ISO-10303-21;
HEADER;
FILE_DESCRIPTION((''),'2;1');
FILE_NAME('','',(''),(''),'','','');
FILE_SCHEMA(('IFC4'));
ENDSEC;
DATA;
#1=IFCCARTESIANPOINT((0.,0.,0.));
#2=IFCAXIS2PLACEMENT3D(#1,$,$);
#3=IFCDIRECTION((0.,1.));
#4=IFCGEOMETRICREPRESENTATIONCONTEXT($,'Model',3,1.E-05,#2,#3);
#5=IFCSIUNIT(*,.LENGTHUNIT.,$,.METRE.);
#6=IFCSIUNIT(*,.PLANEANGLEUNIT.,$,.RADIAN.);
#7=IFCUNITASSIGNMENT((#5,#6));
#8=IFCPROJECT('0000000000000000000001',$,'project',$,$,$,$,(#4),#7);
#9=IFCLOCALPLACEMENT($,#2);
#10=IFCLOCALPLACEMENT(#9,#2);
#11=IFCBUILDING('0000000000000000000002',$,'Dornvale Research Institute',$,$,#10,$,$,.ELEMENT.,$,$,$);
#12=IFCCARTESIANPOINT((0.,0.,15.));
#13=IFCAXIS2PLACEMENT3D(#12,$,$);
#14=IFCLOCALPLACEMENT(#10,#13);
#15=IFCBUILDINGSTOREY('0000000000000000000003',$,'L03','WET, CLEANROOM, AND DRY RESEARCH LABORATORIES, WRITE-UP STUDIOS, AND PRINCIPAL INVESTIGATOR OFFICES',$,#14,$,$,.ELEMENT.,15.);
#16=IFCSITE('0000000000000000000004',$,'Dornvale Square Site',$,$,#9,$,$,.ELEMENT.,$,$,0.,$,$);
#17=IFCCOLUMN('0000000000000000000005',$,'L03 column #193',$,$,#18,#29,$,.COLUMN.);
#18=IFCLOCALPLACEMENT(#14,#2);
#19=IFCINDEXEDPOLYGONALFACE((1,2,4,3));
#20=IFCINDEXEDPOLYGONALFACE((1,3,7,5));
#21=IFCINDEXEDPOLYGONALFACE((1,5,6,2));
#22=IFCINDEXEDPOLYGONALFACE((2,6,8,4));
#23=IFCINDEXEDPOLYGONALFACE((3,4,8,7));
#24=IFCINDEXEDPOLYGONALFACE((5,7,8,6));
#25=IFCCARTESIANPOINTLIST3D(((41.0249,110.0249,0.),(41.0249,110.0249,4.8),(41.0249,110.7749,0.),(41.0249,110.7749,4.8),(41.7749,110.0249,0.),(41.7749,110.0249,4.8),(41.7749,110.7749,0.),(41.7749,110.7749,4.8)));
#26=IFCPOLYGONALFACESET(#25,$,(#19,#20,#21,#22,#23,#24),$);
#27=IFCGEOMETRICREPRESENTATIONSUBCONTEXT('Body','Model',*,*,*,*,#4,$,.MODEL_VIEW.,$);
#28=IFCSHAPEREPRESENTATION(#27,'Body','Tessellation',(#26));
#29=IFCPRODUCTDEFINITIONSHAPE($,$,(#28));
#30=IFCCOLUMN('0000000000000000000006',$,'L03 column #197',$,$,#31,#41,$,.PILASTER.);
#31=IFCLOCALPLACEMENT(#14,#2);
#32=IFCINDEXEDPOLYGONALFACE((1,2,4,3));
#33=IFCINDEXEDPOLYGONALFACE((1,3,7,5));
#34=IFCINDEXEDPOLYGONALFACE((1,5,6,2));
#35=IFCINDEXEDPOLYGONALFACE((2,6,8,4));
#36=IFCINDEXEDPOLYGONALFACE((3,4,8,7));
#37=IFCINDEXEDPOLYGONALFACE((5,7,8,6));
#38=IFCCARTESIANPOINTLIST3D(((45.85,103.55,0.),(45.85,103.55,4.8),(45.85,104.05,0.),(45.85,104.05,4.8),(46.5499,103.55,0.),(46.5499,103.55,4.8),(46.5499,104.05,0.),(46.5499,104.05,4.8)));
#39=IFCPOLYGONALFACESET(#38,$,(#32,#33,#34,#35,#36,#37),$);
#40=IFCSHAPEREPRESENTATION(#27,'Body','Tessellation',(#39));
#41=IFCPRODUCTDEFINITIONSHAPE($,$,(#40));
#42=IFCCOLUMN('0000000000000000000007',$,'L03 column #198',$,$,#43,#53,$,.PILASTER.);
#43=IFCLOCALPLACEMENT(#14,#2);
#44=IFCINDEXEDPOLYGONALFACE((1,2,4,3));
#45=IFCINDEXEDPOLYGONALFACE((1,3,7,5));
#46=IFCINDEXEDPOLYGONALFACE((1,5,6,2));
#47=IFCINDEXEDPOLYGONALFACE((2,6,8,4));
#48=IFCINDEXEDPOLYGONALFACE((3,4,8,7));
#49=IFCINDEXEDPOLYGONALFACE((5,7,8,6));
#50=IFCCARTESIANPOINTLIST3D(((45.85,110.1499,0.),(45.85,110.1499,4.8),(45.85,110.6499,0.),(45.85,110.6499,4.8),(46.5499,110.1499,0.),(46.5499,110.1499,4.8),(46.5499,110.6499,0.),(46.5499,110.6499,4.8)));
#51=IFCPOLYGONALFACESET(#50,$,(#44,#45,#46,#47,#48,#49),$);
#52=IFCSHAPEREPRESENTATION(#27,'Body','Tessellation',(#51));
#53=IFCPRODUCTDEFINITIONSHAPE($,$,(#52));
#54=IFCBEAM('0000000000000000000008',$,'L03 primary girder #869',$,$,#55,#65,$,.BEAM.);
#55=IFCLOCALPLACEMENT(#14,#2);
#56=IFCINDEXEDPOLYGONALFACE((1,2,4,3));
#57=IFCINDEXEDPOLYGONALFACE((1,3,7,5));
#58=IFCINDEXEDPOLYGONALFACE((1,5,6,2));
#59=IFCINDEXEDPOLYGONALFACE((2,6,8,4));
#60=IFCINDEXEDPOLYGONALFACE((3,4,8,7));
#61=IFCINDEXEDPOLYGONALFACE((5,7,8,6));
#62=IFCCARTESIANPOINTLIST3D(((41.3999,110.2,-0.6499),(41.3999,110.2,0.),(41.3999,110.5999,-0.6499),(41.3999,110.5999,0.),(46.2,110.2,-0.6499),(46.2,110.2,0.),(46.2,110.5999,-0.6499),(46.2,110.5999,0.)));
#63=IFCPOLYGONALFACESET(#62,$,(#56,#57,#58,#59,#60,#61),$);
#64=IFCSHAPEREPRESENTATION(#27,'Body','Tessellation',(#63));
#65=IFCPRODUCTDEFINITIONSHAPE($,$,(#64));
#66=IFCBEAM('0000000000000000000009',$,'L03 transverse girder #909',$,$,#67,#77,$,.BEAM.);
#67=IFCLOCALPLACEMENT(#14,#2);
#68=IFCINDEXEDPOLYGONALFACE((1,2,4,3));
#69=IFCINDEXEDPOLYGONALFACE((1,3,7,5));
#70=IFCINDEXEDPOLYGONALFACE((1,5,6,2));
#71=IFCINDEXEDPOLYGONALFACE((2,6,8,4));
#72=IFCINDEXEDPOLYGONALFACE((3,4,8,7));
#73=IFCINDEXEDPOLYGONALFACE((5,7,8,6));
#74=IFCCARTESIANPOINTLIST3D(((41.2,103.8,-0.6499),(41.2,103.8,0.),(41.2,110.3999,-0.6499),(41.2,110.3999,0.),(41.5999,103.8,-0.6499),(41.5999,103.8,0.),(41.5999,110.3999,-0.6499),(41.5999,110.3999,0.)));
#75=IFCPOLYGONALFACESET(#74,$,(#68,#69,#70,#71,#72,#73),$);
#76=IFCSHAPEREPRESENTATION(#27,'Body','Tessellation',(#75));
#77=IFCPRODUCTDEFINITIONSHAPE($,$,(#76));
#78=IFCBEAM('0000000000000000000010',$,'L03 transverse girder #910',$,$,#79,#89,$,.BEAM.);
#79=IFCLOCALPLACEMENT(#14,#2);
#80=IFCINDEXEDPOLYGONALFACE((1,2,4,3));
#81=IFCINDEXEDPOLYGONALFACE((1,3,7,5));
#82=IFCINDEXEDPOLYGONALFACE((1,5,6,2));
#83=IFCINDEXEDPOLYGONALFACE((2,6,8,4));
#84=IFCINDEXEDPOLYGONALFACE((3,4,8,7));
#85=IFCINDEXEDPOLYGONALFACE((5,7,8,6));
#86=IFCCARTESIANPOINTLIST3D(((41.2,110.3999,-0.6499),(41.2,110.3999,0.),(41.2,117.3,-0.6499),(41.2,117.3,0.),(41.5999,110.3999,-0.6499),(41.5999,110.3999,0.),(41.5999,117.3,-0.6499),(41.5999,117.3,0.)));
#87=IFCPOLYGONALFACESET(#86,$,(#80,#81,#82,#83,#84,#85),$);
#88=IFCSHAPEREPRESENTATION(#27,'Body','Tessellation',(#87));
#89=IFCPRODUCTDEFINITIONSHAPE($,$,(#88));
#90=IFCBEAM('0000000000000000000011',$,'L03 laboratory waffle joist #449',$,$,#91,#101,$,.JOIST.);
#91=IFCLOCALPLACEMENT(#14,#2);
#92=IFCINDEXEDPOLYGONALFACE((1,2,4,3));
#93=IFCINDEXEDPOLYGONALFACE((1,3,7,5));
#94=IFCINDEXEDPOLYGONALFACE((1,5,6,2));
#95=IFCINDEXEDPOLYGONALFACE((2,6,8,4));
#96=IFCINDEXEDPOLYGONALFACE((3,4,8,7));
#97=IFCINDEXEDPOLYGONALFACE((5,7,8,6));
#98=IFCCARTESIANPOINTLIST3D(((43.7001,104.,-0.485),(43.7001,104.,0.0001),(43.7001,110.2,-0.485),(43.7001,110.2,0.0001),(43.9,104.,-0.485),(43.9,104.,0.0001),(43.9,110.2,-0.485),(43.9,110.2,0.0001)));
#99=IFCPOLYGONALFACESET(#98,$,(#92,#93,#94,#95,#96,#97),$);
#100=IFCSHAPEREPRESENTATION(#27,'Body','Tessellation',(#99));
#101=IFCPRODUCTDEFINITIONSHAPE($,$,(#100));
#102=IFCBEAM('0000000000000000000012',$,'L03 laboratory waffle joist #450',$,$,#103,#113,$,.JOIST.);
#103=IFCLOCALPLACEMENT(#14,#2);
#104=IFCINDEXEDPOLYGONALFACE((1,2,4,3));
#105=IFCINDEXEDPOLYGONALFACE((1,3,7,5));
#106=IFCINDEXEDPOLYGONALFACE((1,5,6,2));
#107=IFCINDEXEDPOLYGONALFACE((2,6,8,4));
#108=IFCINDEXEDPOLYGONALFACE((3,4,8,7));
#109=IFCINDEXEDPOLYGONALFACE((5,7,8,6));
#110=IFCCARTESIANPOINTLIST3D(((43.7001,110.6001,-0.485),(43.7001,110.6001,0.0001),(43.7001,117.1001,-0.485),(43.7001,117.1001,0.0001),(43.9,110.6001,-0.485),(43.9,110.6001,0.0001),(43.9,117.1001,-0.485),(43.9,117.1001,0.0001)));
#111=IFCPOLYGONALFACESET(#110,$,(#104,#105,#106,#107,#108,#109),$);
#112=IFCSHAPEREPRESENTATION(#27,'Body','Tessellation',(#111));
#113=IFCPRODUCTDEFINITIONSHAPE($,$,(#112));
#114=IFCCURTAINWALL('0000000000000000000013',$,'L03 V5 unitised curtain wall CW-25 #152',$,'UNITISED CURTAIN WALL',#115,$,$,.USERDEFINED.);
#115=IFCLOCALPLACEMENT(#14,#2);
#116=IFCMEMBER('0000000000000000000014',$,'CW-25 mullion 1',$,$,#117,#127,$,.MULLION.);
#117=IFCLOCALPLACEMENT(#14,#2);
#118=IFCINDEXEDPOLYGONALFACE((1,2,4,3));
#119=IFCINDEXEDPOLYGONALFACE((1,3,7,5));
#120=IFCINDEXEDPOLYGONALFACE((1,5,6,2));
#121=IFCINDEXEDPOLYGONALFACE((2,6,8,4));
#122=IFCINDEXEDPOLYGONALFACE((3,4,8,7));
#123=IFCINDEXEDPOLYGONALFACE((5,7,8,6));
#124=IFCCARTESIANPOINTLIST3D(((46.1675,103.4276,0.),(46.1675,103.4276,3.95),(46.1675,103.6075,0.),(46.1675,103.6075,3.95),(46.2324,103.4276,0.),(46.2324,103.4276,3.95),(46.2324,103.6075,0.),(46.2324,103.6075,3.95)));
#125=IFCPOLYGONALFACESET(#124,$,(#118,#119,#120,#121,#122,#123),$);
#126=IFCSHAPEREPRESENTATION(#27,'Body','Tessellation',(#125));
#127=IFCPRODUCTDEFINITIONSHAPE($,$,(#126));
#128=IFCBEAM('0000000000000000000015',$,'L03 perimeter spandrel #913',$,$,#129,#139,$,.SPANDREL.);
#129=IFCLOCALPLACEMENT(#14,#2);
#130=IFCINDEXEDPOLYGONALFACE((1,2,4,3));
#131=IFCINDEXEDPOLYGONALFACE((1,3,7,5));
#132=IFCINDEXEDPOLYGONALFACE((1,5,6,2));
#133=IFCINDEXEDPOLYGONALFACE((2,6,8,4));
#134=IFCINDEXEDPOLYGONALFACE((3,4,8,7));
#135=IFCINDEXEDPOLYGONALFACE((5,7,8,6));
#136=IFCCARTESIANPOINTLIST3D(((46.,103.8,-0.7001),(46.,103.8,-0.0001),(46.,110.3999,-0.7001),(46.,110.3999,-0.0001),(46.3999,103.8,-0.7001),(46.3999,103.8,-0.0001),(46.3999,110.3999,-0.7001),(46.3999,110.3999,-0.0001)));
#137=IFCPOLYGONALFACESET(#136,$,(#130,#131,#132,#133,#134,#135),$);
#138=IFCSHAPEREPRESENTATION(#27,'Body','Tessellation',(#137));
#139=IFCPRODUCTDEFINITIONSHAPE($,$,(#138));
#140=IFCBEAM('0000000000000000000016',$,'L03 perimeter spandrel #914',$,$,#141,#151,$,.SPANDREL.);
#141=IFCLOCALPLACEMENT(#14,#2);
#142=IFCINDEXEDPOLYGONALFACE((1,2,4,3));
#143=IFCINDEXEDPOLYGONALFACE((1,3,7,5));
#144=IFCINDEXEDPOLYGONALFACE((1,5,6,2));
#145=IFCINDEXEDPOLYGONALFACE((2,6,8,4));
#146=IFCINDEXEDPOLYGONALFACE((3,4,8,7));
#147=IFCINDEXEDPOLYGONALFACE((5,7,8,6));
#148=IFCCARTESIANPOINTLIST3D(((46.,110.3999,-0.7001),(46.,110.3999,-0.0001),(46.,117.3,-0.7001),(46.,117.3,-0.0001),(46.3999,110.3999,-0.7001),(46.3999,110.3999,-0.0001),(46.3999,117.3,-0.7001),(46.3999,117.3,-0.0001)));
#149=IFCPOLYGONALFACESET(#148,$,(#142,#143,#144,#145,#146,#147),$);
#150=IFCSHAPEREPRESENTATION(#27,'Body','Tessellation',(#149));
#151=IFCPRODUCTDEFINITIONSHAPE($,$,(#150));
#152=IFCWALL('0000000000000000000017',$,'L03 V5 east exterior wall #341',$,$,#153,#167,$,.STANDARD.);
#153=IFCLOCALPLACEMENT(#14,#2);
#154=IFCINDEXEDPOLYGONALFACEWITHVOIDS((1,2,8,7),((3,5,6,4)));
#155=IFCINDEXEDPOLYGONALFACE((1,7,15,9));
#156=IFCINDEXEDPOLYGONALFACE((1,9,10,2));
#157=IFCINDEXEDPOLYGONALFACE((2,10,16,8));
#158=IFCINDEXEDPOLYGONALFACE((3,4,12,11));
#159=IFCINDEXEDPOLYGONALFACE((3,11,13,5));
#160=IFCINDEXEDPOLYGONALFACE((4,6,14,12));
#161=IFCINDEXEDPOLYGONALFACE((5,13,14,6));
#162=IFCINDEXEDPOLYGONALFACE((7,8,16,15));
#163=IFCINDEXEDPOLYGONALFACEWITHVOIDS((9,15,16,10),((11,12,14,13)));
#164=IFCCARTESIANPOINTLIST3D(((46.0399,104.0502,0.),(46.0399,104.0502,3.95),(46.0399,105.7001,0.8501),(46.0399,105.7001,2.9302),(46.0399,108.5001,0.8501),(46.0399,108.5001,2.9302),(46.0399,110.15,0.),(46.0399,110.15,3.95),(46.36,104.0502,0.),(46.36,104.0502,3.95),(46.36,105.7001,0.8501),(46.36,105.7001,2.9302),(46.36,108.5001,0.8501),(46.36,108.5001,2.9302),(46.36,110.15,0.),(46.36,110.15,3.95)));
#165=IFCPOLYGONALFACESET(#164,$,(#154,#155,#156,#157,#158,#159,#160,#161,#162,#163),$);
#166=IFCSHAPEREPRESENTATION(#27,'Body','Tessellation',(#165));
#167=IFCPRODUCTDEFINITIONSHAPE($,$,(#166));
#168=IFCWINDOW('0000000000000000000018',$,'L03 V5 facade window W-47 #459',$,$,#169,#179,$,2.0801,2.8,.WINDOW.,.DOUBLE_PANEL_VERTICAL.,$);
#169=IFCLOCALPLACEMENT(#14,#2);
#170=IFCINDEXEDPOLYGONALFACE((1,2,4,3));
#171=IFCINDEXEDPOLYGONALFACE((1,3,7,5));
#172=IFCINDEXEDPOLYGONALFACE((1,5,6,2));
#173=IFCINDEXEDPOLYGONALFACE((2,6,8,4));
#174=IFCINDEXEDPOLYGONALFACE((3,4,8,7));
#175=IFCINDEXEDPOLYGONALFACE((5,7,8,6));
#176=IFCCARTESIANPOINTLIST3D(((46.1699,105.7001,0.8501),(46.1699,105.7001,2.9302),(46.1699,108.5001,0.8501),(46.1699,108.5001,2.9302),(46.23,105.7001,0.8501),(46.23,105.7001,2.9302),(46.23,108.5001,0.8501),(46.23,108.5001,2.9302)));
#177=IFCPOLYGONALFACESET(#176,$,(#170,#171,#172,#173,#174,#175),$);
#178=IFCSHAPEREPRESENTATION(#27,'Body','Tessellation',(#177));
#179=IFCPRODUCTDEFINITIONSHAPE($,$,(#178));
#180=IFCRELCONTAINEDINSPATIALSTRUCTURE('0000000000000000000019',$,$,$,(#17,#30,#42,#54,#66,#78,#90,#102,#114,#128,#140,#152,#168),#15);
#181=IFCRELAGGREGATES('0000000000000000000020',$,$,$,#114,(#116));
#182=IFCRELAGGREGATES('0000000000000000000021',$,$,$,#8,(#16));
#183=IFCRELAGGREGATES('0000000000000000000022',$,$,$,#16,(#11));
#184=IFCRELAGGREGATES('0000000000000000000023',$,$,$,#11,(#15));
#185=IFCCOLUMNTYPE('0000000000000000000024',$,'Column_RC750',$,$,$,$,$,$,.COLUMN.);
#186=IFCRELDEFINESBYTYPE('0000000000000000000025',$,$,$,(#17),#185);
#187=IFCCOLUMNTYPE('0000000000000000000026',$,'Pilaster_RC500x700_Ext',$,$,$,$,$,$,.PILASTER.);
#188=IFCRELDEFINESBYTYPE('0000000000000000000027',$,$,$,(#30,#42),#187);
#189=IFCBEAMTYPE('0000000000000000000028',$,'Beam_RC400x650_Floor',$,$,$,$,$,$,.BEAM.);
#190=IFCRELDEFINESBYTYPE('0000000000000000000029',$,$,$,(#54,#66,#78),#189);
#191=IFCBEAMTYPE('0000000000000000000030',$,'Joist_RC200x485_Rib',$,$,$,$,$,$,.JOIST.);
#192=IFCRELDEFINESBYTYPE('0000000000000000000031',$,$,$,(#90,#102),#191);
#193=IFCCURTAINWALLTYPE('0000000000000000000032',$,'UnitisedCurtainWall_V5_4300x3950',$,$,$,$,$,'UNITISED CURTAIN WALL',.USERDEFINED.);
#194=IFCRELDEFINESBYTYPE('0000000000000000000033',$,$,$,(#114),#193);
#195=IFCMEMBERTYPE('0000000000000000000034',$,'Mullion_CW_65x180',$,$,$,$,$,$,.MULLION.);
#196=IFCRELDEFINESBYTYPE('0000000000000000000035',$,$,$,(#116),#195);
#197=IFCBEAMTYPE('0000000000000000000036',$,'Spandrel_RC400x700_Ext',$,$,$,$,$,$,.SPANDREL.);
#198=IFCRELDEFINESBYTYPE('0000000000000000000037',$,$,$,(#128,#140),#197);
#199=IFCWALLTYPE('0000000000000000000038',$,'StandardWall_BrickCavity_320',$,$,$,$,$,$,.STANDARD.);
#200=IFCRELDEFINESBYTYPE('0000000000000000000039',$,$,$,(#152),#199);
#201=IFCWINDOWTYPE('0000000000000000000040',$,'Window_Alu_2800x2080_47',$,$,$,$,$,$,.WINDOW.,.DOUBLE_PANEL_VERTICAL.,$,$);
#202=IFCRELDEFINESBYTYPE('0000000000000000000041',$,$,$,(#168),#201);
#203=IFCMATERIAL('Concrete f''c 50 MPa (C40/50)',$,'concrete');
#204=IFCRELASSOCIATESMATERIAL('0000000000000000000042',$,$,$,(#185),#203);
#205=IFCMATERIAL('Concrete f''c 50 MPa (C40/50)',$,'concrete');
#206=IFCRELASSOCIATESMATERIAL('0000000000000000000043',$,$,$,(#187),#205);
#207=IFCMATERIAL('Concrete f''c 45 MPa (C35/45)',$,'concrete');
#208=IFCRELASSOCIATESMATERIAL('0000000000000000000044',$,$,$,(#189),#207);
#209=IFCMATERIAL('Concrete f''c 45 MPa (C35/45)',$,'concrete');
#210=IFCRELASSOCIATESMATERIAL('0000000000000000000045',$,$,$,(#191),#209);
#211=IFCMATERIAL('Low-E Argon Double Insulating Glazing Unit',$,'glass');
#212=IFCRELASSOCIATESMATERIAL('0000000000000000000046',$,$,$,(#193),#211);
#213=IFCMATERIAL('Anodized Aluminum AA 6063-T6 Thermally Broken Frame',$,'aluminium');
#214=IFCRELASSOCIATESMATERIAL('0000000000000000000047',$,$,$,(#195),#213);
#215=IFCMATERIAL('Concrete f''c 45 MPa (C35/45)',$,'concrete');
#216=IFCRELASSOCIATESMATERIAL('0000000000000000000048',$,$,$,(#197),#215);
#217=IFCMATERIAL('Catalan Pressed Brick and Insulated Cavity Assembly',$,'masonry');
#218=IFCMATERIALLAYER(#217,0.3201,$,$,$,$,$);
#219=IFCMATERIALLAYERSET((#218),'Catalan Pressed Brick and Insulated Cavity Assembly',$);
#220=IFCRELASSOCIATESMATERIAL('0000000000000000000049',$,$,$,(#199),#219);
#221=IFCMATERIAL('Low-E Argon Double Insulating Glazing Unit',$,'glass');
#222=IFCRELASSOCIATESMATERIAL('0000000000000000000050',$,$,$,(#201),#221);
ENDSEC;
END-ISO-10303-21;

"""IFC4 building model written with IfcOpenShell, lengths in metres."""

from ifc_helpers import new_model, si_unit, direction, frame, frame_2d, origin, origin_2d, place, context, subcontext, project, spatial, rectangle, extrude, material, layer, layer_set, material_profile, profile_set, type_object, element, fill, aggregate, save


model = new_model("IFC4")

# Units and contexts
model_context = context("Model", 3, precision=1e-05, world=origin(), true_north=direction((0.0, 1.0)))
body_context = subcontext(model_context, "Body", "Model", "MODEL_VIEW")
ifc_project = project(units=[si_unit("LENGTHUNIT", "METRE"), si_unit("PLANEANGLEUNIT", "RADIAN")], contexts=[model_context])

# Site, building, storey
site_placement = place(None, origin())
site = spatial("IfcSite", under=ifc_project, at=site_placement, Name="Dornvale Square Site", CompositionType="ELEMENT", RefElevation=0.0)
building_placement = place(site_placement, origin())
building = spatial("IfcBuilding", under=site, at=building_placement, Name="Dornvale Research Institute", CompositionType="ELEMENT")
storey_placement = place(building_placement, frame((0.0, 0.0, 15.0)))
storey = spatial("IfcBuildingStorey", under=building, at=storey_placement, Name="L03", Description="WET, CLEANROOM, AND DRY RESEARCH LABORATORIES, WRITE-UP STUDIOS, AND PRINCIPAL INVESTIGATOR OFFICES", CompositionType="ELEMENT", Elevation=15.0)

# Columns
ifc_material_1 = material(Name="Concrete f'c 50 MPa (C40/50)", Category="concrete")
ifc_material_profile_1 = material_profile(ifc_material_1, rectangle(XDim=0.75, YDim=0.75, at=origin_2d()), Name="RC 750x750")
ifc_profile_set_1 = profile_set([ifc_material_profile_1], Name="Concrete f'c 50 MPa (C40/50)")
column_type_1 = type_object("IfcColumnType", Name="Column_RC750", PredefinedType="COLUMN", material=ifc_profile_set_1)
column_placement = place(storey_placement, frame((41.3999, 110.3999, 0.0), z_axis=(0.0, 0.0, 1.0), x_axis=(1.0, 0.0, 0.0)))
element("IfcColumn", 1, at=column_placement, inside=storey, type_object=column_type_1, Name="L03 column #193", PredefinedType="COLUMN", context=body_context, shape_type="SweptSolid", body=[
    extrude(rectangle(XDim=0.75, YDim=0.75, at=origin_2d()), origin(), (0.0, 0.0, 1.0), 4.8),
])
ifc_material_2 = material(Name="Concrete f'c 50 MPa (C40/50)", Category="concrete")
ifc_material_profile_2 = material_profile(ifc_material_2, rectangle(XDim=0.5, YDim=0.7, at=origin_2d()), Name="RC 500x700")
ifc_profile_set_2 = profile_set([ifc_material_profile_2], Name="Concrete f'c 50 MPa (C40/50)")
column_type_2 = type_object("IfcColumnType", Name="Pilaster_RC500x700_Ext", PredefinedType="PILASTER", material=ifc_profile_set_2)
for number, where, z_axis, x_axis, name in (
    (2, (46.2, 103.8, 0.0), (0.0, 0.0, 1.0), (0.0, 1.0, 0.0), "L03 column #197"),
    (3, (46.2, 110.3999, 0.0), (0.0, 0.0, 1.0), (0.0, 1.0, 0.0), "L03 column #198"),
):
    element("IfcColumn", number, at=place(storey_placement, frame(where, z_axis=z_axis, x_axis=x_axis)), inside=storey, type_object=column_type_2, Name=name, PredefinedType="PILASTER", context=body_context, shape_type="SweptSolid", body=[
        extrude(rectangle(XDim=0.5, YDim=0.7, at=origin_2d()), origin(), (0.0, 0.0, 1.0), 4.8),
    ])

# Beams
ifc_material_3 = material(Name="Concrete f'c 45 MPa (C35/45)", Category="concrete")
ifc_material_profile_3 = material_profile(ifc_material_3, rectangle(XDim=0.3999, YDim=0.6499, at=origin_2d()), Name="RC 400x650")
ifc_profile_set_3 = profile_set([ifc_material_profile_3], Name="Concrete f'c 45 MPa (C35/45)")
beam_type_1 = type_object("IfcBeamType", Name="Beam_RC400x650_Floor", PredefinedType="BEAM", material=ifc_profile_set_3)
beam_1_placement = place(storey_placement, frame((41.3999, 110.3999, -0.325), z_axis=(1.0, 0.0, 0.0), x_axis=(0.0, 1.0, 0.0)))
element("IfcBeam", 4, at=beam_1_placement, inside=storey, type_object=beam_type_1, Name="L03 primary girder #869", PredefinedType="BEAM", context=body_context, shape_type="SweptSolid", body=[
    extrude(rectangle(XDim=0.3999, YDim=0.6499, at=origin_2d()), origin(), (0.0, 0.0, 1.0), 4.8),
])
beam_2_placement = place(storey_placement, frame((41.3999, 103.8, -0.325), z_axis=(0.0, 1.0, 0.0), x_axis=(-1.0, 0.0, 0.0)))
element("IfcBeam", 5, at=beam_2_placement, inside=storey, type_object=beam_type_1, Name="L03 transverse girder #909", PredefinedType="BEAM", context=body_context, shape_type="SweptSolid", body=[
    extrude(rectangle(XDim=0.3999, YDim=0.6499, at=origin_2d()), origin(), (0.0, 0.0, 1.0), 6.5999),
])
beam_3_placement = place(storey_placement, frame((41.3999, 110.3999, -0.325), z_axis=(0.0, 1.0, 0.0), x_axis=(-1.0, 0.0, 0.0)))
element("IfcBeam", 6, at=beam_3_placement, inside=storey, type_object=beam_type_1, Name="L03 transverse girder #910", PredefinedType="BEAM", context=body_context, shape_type="SweptSolid", body=[
    extrude(rectangle(XDim=0.3999, YDim=0.6499, at=origin_2d()), origin(), (0.0, 0.0, 1.0), 6.9001),
])
ifc_material_4 = material(Name="Concrete f'c 45 MPa (C35/45)", Category="concrete")
ifc_material_profile_4 = material_profile(ifc_material_4, rectangle(XDim=0.2, YDim=0.4851, at=origin_2d()), Name="RC 200x485")
ifc_profile_set_4 = profile_set([ifc_material_profile_4], Name="Concrete f'c 45 MPa (C35/45)")
beam_type_2 = type_object("IfcBeamType", Name="Joist_RC200x485_Rib", PredefinedType="JOIST", material=ifc_profile_set_4)
beam_4_placement = place(storey_placement, frame((43.8, 104.0, -0.2424), z_axis=(0.0, 1.0, 0.0), x_axis=(-1.0, 0.0, 0.0)))
element("IfcBeam", 7, at=beam_4_placement, inside=storey, type_object=beam_type_2, Name="L03 laboratory waffle joist #449", PredefinedType="JOIST", context=body_context, shape_type="SweptSolid", body=[
    extrude(rectangle(XDim=0.2, YDim=0.4851, at=origin_2d()), origin(), (0.0, 0.0, 1.0), 6.2),
])
beam_5_placement = place(storey_placement, frame((43.8, 110.6001, -0.2424), z_axis=(0.0, 1.0, 0.0), x_axis=(-1.0, 0.0, 0.0)))
element("IfcBeam", 8, at=beam_5_placement, inside=storey, type_object=beam_type_2, Name="L03 laboratory waffle joist #450", PredefinedType="JOIST", context=body_context, shape_type="SweptSolid", body=[
    extrude(rectangle(XDim=0.2, YDim=0.4851, at=origin_2d()), origin(), (0.0, 0.0, 1.0), 6.5),
])

# Curtain wall, member
ifc_material_5 = material(Name="Low-E Argon Double Insulating Glazing Unit", Category="glass")
curtain_wall_type = type_object("IfcCurtainWallType", Name="UnitisedCurtainWall_V5_4300x3950", ElementType="UNITISED CURTAIN WALL", PredefinedType="USERDEFINED", material=ifc_material_5)
curtain_wall_placement = place(storey_placement, origin())
curtain_wall = element("IfcCurtainWall", 9, at=curtain_wall_placement, inside=storey, type_object=curtain_wall_type, Name="L03 V5 unitised curtain wall CW-25 #152", ObjectType="UNITISED CURTAIN WALL", PredefinedType="USERDEFINED")
ifc_material_6 = material(Name="Anodized Aluminum AA 6063-T6 Thermally Broken Frame", Category="aluminium")
ifc_material_profile_5 = material_profile(ifc_material_6, rectangle(XDim=0.0649, YDim=0.1799, at=origin_2d()), Name="ALU MULLION 65x180")
ifc_profile_set_5 = profile_set([ifc_material_profile_5], Name="Anodized Aluminum AA 6063-T6 Thermally Broken Frame")
member_type = type_object("IfcMemberType", Name="Mullion_CW_65x180", PredefinedType="MULLION", material=ifc_profile_set_5)
member_placement = place(storey_placement, frame((46.2, 103.5176, 0.0), z_axis=(0.0, 0.0, 1.0), x_axis=(1.0, 0.0, 0.0)))
member = element("IfcMember", 10, at=member_placement, type_object=member_type, Name="CW-25 mullion 1", PredefinedType="MULLION", context=body_context, shape_type="SweptSolid", body=[
    extrude(rectangle(XDim=0.0649, YDim=0.1799, at=origin_2d()), origin(), (0.0, 0.0, 1.0), 3.95),
])
aggregate(curtain_wall, [member])

# Beams
ifc_material_7 = material(Name="Concrete f'c 45 MPa (C35/45)", Category="concrete")
ifc_material_profile_6 = material_profile(ifc_material_7, rectangle(XDim=0.3999, YDim=0.7, at=origin_2d()), Name="RC 400x700")
ifc_profile_set_6 = profile_set([ifc_material_profile_6], Name="Concrete f'c 45 MPa (C35/45)")
beam_type_3 = type_object("IfcBeamType", Name="Spandrel_RC400x700_Ext", PredefinedType="SPANDREL", material=ifc_profile_set_6)
beam_6_placement = place(storey_placement, frame((46.2, 103.8, -0.3501), z_axis=(0.0, 1.0, 0.0), x_axis=(-1.0, 0.0, 0.0)))
element("IfcBeam", 11, at=beam_6_placement, inside=storey, type_object=beam_type_3, Name="L03 perimeter spandrel #913", PredefinedType="SPANDREL", context=body_context, shape_type="SweptSolid", body=[
    extrude(rectangle(XDim=0.3999, YDim=0.7, at=origin_2d()), origin(), (0.0, 0.0, 1.0), 6.5999),
])
beam_7_placement = place(storey_placement, frame((46.2, 110.3999, -0.3501), z_axis=(0.0, 1.0, 0.0), x_axis=(-1.0, 0.0, 0.0)))
element("IfcBeam", 12, at=beam_7_placement, inside=storey, type_object=beam_type_3, Name="L03 perimeter spandrel #914", PredefinedType="SPANDREL", context=body_context, shape_type="SweptSolid", body=[
    extrude(rectangle(XDim=0.3999, YDim=0.7, at=origin_2d()), origin(), (0.0, 0.0, 1.0), 6.9001),
])

# Wall, opening, window
ifc_material_8 = material(Name="Catalan Pressed Brick and Insulated Cavity Assembly", Category="masonry")
ifc_layer_1 = layer(ifc_material_8, 0.3201)
ifc_layer_set_1 = layer_set([ifc_layer_1], Name="Catalan Pressed Brick and Insulated Cavity Assembly")
wall_type = type_object("IfcWallType", Name="StandardWall_BrickCavity_320", PredefinedType="STANDARD", material=ifc_layer_set_1)
wall_placement = place(storey_placement, frame((46.2, 110.1499, 0.0), z_axis=(0.0, 0.0, 1.0), x_axis=(0.0, -1.0, 0.0)))
wall = element("IfcWall", 13, at=wall_placement, inside=storey, type_object=wall_type, Name="L03 V5 east exterior wall #341", PredefinedType="STANDARD", context=body_context, shape_type="SweptSolid", body=[
    extrude(rectangle(XDim=6.0999, YDim=0.3201, at=frame_2d((3.0498, 0.0))), origin(), (0.0, 0.0, 1.0), 3.95),
])
opening_placement = place(wall_placement, frame((1.6499, 0.0, 0.8501)))
opening = element("IfcOpeningElement", 14, at=opening_placement, cuts=wall, PredefinedType="OPENING", context=body_context, shape_type="SweptSolid", body=[
    extrude(rectangle(XDim=2.8, YDim=2.0801, at=frame_2d((1.3999, 1.04))), frame((0.0, 0.175, 0.0), z_axis=(0.0, -1.0, 0.0), x_axis=(1.0, 0.0, 0.0)), (0.0, 0.0, 1.0), 0.3501),
])
ifc_material_9 = material(Name="Low-E Argon Double Insulating Glazing Unit", Category="glass")
window_type = type_object("IfcWindowType", Name="Window_Alu_2800x2080_47", PartitioningType="DOUBLE_PANEL_VERTICAL", PredefinedType="WINDOW", material=ifc_material_9)
window_placement = place(opening_placement, origin())
window = element("IfcWindow", 15, at=window_placement, inside=storey, type_object=window_type, Name="L03 V5 facade window W-47 #459", OverallHeight=2.0801, OverallWidth=2.8, PartitioningType="DOUBLE_PANEL_VERTICAL", PredefinedType="WINDOW", context=body_context, shape_type="SweptSolid", body=[
    extrude(rectangle(XDim=2.8, YDim=2.0801, at=frame_2d((1.3999, 1.04))), frame((0.0, 0.03, 0.0), z_axis=(0.0, -1.0, 0.0), x_axis=(1.0, 0.0, 0.0)), (0.0, 0.0, 1.0), 0.0601),
])
fill(opening, window)

save(model, "model.ifc")
